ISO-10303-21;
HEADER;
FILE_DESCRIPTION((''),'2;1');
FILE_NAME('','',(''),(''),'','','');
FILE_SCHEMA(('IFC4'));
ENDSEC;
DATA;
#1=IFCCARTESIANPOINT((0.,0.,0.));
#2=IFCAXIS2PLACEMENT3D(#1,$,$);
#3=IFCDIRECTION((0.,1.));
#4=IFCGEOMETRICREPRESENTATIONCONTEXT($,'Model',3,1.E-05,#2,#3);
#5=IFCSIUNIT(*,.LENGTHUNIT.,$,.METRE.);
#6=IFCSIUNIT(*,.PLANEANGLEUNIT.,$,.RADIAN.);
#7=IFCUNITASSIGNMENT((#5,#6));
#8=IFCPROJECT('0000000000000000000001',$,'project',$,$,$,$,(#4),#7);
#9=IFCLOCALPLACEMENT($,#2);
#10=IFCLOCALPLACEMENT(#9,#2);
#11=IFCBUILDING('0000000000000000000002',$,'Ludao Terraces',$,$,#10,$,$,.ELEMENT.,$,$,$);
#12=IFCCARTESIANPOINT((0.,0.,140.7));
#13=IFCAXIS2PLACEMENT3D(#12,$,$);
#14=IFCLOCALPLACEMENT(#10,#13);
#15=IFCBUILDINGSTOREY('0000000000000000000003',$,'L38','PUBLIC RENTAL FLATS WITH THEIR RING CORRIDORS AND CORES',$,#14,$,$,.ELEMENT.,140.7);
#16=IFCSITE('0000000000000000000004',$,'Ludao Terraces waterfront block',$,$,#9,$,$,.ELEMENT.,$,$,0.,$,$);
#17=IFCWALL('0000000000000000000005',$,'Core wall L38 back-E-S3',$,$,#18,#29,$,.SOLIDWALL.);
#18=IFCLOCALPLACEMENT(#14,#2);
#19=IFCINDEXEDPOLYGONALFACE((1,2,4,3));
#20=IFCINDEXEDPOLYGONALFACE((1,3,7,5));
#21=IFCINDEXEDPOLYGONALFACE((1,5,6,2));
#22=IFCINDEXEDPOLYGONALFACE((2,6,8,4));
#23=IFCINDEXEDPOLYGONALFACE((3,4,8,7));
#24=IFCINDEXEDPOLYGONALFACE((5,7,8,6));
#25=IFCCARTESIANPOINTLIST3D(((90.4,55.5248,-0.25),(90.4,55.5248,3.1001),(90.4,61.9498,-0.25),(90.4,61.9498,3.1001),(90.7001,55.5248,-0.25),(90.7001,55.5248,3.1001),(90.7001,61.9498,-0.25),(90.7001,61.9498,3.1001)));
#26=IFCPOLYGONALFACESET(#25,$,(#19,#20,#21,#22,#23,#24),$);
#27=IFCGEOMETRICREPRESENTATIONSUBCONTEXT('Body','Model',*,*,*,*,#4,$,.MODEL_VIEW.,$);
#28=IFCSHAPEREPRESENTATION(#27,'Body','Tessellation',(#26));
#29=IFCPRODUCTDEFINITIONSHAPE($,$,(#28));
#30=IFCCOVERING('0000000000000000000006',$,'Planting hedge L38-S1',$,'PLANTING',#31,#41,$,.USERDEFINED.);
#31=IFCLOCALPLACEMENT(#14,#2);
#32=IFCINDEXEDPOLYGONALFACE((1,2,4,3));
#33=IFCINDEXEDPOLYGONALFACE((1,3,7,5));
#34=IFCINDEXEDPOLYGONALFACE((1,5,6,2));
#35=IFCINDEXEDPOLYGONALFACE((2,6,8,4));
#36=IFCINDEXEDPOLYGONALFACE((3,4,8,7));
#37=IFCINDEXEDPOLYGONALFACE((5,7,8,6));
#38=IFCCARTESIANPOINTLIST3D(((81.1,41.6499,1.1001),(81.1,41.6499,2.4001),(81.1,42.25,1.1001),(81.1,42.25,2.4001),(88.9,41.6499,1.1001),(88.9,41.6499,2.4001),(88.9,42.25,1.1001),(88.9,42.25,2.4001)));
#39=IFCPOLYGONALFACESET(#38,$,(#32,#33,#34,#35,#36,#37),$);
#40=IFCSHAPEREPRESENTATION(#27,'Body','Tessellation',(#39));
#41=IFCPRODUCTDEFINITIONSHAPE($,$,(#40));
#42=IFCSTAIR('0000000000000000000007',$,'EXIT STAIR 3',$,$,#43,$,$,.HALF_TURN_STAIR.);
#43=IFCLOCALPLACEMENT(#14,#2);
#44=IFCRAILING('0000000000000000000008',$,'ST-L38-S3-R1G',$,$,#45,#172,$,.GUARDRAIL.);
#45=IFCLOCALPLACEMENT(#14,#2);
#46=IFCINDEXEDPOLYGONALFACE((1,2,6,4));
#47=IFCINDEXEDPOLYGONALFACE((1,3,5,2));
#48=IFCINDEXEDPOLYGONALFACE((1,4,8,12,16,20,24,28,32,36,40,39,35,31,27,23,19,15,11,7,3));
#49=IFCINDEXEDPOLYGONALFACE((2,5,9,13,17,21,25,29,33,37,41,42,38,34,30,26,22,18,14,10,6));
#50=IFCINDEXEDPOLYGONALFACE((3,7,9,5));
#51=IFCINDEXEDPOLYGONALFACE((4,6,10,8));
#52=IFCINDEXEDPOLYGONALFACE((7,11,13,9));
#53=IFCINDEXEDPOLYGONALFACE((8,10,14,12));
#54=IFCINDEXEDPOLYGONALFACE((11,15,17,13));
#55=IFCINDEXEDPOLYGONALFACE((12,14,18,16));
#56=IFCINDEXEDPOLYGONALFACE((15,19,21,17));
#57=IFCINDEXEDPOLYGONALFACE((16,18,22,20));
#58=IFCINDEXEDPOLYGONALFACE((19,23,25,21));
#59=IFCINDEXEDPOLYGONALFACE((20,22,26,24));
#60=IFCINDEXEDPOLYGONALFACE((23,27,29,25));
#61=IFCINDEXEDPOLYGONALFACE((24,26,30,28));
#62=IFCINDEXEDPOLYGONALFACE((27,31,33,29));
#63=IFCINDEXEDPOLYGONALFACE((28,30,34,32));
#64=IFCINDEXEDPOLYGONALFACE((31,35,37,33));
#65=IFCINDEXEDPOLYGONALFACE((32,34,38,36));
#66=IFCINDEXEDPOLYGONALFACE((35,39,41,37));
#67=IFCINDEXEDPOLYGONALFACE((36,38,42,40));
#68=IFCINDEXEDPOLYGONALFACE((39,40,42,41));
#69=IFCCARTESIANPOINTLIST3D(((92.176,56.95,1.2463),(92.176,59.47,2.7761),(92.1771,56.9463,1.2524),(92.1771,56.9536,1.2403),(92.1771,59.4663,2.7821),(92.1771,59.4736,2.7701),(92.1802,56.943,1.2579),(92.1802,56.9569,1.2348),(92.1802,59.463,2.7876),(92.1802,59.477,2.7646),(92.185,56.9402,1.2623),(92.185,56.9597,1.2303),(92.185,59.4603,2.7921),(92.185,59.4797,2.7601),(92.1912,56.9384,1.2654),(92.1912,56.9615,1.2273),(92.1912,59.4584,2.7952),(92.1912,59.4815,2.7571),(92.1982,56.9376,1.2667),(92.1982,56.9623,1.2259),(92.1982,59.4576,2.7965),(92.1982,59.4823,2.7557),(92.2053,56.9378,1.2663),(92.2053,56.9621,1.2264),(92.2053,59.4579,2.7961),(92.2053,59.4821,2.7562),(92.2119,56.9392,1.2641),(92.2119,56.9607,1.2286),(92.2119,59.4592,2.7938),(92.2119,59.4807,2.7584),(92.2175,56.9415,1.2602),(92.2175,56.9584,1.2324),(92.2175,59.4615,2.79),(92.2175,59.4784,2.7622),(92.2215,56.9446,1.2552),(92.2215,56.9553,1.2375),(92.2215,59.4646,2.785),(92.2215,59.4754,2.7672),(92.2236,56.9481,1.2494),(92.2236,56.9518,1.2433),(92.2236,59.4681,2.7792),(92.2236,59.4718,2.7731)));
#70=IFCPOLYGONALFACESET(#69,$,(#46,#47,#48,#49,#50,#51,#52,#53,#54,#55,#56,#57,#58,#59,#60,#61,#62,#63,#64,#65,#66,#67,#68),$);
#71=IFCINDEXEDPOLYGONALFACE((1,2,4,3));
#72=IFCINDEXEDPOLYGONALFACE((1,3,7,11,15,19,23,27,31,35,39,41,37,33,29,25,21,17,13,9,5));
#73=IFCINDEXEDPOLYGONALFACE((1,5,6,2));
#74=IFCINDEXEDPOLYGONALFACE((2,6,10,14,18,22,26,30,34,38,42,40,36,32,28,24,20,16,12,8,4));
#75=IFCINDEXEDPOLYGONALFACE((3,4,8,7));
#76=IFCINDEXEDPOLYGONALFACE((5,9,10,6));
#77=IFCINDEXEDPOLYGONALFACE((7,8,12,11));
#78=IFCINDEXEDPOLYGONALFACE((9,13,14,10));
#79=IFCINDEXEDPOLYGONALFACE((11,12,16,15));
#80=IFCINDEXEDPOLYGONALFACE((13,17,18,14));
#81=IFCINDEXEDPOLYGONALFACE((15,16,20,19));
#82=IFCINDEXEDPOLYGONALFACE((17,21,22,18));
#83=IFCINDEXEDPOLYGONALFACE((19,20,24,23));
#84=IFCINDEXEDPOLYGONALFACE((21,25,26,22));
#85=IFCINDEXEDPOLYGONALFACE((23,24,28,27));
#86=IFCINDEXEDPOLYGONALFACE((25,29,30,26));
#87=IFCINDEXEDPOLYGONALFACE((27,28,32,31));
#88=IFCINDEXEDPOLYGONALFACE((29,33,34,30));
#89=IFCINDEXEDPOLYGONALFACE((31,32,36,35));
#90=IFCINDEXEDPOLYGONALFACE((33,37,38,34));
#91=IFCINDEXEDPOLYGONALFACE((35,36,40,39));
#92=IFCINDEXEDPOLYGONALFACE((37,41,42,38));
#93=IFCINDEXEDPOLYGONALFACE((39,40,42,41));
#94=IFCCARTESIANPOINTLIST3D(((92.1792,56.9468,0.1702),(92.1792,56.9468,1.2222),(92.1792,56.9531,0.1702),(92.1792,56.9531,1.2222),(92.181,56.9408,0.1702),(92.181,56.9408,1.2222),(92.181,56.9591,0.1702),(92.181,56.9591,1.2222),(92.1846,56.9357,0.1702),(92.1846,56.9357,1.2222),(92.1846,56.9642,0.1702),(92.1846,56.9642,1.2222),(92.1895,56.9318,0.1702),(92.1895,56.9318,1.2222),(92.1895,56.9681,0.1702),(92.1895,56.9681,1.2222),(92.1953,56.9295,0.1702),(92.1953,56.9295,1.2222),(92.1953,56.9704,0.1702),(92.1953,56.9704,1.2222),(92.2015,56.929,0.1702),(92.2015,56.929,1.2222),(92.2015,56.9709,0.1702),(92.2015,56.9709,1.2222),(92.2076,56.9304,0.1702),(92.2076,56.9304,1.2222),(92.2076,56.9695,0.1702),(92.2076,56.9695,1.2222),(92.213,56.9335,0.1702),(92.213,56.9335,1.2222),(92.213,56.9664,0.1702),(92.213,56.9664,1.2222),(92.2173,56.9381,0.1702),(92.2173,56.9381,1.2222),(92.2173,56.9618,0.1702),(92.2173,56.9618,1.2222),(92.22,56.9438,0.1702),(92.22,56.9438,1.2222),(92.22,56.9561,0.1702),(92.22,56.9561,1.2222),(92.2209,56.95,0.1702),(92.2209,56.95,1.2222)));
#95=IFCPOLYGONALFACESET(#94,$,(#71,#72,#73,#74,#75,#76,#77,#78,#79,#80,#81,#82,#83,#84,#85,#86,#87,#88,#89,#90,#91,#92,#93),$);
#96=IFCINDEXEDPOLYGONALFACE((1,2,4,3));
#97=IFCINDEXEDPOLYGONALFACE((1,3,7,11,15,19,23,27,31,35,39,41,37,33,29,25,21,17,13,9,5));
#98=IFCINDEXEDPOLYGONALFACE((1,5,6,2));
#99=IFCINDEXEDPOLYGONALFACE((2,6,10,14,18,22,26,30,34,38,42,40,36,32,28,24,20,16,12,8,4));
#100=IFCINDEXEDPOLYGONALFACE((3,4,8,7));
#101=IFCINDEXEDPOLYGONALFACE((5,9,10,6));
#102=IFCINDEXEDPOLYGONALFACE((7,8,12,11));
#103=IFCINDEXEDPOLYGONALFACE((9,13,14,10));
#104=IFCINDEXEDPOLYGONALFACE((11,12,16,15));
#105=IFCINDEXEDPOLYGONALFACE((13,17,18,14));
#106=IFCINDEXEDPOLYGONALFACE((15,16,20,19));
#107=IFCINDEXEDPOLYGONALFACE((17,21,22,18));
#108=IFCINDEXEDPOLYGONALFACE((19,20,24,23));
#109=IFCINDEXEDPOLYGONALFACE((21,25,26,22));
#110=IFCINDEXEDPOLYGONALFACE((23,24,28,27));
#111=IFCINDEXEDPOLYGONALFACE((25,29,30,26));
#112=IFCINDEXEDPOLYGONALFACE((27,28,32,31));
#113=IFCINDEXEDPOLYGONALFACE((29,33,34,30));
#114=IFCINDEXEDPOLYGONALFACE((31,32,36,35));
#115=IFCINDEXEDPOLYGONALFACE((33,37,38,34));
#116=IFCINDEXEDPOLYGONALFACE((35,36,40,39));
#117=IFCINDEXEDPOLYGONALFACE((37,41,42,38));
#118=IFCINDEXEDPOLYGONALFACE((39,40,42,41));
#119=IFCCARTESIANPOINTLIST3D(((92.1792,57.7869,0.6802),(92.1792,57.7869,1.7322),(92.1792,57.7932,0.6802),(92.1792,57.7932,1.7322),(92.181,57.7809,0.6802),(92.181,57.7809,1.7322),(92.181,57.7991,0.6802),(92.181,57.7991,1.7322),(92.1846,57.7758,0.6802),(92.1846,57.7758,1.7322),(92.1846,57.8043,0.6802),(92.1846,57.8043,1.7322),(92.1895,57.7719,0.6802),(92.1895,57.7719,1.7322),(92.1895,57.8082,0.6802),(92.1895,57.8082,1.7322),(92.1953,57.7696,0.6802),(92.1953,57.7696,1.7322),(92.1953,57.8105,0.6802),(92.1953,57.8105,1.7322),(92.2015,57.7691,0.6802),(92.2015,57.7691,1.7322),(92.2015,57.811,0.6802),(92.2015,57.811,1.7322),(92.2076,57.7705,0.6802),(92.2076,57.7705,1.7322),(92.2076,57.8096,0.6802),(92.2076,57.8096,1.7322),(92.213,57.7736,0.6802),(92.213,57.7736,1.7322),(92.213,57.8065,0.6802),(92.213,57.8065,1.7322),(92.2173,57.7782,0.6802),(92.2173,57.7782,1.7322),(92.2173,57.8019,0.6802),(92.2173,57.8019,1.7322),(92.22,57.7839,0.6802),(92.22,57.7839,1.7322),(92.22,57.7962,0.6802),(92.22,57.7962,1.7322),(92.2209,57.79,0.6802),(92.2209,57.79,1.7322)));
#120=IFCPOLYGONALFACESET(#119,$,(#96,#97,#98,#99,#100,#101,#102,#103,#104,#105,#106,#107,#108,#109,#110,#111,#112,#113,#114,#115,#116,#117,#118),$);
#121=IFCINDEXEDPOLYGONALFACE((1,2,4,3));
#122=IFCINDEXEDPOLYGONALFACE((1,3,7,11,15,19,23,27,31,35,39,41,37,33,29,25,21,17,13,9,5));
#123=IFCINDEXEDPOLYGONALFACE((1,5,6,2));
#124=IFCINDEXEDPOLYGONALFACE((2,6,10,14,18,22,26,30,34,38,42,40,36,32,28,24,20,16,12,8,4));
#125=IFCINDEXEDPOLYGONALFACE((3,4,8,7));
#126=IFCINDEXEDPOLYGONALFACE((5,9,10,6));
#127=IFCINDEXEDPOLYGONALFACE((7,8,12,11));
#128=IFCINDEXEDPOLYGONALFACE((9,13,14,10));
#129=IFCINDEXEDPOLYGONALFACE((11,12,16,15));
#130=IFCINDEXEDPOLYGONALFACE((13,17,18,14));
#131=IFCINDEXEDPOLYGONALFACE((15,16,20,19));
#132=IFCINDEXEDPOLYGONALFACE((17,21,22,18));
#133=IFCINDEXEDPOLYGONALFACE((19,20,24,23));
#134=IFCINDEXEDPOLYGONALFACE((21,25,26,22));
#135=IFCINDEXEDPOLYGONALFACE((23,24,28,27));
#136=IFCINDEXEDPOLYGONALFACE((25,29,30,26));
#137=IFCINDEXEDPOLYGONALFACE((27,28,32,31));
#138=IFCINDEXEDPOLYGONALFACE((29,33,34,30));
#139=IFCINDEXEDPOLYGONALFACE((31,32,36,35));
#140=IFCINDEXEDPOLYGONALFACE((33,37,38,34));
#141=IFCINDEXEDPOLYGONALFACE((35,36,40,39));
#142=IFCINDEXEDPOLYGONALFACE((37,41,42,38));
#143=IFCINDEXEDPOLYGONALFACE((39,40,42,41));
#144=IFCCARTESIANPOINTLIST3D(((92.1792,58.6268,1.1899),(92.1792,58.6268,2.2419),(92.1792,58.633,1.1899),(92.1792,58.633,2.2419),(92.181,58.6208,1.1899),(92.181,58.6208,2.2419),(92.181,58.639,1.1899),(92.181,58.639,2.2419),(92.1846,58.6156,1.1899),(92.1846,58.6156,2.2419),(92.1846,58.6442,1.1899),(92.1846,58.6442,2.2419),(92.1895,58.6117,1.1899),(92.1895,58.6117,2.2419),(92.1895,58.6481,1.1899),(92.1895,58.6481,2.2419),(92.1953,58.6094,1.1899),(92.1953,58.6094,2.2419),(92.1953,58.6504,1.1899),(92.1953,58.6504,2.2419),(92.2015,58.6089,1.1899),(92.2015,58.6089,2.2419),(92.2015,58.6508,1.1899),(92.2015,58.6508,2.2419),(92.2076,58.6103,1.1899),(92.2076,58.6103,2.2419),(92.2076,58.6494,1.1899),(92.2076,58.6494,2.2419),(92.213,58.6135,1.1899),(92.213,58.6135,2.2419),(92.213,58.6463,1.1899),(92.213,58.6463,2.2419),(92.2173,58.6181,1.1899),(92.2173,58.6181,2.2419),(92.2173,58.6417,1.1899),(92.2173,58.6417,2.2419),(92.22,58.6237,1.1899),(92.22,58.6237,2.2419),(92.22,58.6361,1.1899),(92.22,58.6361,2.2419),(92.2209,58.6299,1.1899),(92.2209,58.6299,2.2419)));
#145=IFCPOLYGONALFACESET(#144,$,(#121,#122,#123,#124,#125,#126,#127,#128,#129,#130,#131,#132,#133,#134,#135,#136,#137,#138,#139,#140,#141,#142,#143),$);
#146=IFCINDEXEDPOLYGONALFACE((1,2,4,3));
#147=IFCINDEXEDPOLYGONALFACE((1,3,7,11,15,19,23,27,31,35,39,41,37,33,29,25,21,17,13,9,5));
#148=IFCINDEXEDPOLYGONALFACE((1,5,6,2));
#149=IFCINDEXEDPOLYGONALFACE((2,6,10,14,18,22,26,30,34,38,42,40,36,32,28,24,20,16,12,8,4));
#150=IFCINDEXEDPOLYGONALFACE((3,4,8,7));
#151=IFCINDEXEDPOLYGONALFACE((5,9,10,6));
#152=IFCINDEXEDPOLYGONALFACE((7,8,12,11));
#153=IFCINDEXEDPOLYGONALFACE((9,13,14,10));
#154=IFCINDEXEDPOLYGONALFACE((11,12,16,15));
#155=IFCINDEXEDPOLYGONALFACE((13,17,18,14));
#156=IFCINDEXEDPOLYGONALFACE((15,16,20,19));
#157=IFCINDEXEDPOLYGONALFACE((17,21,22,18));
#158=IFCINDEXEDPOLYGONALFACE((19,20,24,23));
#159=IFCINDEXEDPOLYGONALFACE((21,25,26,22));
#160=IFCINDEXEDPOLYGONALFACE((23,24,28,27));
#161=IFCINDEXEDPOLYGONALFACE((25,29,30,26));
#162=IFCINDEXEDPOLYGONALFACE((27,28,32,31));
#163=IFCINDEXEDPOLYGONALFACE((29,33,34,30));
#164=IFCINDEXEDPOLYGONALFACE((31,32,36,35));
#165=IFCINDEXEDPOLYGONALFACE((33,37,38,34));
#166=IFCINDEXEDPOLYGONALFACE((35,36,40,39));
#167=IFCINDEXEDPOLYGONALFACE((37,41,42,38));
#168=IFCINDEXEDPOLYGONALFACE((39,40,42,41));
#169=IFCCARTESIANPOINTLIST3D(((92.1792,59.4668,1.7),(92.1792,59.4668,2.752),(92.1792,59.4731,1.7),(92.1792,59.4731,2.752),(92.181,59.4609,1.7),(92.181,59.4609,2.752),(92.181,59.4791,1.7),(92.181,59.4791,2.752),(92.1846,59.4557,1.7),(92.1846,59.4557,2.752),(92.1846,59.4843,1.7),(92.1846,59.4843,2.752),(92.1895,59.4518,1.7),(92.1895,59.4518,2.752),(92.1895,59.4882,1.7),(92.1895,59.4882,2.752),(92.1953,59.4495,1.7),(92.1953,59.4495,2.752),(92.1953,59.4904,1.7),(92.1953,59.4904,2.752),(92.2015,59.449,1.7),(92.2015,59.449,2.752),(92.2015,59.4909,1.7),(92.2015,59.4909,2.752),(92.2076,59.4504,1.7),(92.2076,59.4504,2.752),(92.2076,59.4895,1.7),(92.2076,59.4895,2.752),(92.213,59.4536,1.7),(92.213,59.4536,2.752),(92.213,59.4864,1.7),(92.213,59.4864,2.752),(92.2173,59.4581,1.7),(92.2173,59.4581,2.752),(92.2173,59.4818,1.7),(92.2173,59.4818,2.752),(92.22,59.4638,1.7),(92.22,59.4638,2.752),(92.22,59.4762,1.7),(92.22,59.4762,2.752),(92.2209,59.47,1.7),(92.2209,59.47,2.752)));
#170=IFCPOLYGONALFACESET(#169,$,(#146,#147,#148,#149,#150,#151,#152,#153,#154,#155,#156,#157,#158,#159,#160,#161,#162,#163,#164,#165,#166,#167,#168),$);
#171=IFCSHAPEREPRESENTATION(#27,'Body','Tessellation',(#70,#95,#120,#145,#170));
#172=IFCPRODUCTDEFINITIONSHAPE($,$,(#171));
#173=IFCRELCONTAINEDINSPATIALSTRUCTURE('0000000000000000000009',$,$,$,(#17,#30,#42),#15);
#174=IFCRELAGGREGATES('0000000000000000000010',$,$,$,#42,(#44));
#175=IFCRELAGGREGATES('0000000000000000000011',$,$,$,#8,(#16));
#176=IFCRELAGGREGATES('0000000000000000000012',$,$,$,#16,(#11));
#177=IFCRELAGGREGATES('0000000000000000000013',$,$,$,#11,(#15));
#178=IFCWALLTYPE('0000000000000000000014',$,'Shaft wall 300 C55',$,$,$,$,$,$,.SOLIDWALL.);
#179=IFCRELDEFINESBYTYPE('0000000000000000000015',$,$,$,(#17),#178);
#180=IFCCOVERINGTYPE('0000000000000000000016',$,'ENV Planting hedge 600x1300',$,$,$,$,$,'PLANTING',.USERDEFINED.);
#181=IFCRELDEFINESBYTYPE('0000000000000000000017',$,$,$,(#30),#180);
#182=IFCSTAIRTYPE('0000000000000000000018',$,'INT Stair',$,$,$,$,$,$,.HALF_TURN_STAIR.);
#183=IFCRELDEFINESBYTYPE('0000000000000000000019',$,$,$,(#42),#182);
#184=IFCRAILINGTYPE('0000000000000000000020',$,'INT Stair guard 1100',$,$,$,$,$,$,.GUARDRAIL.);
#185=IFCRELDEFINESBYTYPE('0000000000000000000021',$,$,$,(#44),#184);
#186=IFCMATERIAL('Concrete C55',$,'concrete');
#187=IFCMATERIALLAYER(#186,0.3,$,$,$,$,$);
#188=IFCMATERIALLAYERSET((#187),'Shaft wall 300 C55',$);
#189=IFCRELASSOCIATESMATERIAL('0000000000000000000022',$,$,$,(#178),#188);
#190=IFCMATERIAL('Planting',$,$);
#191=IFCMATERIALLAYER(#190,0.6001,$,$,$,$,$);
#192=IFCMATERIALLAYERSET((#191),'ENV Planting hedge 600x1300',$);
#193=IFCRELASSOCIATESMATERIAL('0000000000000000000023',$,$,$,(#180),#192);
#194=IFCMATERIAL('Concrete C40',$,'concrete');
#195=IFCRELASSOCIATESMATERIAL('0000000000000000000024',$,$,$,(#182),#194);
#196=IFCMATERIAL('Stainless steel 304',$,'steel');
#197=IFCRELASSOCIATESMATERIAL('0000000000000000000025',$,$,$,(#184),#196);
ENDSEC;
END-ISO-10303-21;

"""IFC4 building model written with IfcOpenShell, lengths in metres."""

from ifc_helpers import new_model, si_unit, direction, frame, frame_2d, origin, origin_2d, place, context, subcontext, project, spatial, rectangle, circle, extrude, material, layer, layer_set, type_object, element, aggregate, save


model = new_model("IFC4")

# Units and contexts
model_context = context("Model", 3, precision=1e-05, world=origin(), true_north=direction((0.0, 1.0)))
body_context = subcontext(model_context, "Body", "Model", "MODEL_VIEW")
ifc_project = project(units=[si_unit("LENGTHUNIT", "METRE"), si_unit("PLANEANGLEUNIT", "RADIAN")], contexts=[model_context])

# Site, building, storey
site_placement = place(None, origin())
site = spatial("IfcSite", under=ifc_project, at=site_placement, Name="Ludao Terraces waterfront block", CompositionType="ELEMENT", RefElevation=0.0)
building_placement = place(site_placement, origin())
building = spatial("IfcBuilding", under=site, at=building_placement, Name="Ludao Terraces", CompositionType="ELEMENT")
storey_placement = place(building_placement, frame((0.0, 0.0, 140.7)))
storey = spatial("IfcBuildingStorey", under=building, at=storey_placement, Name="L38", Description="PUBLIC RENTAL FLATS WITH THEIR RING CORRIDORS AND CORES", CompositionType="ELEMENT", Elevation=140.7)

# Shared definitions
ifc_material_1 = material(Name="Concrete C40", Category="concrete")

# Wall
ifc_material_2 = material(Name="Concrete C55", Category="concrete")
ifc_layer_1 = layer(ifc_material_2, 0.3)
ifc_layer_set_1 = layer_set([ifc_layer_1], Name="Shaft wall 300 C55")
wall_type_1 = type_object("IfcWallType", Name="Shaft wall 300 C55", PredefinedType="SOLIDWALL", material=ifc_layer_set_1)
wall_1_placement = place(storey_placement, frame((90.55, 55.5249, -0.25), z_axis=(0.0, 0.0, 1.0), x_axis=(0.0, 1.0, 0.0)))
element("IfcWall", 1, at=wall_1_placement, inside=storey, type_object=wall_type_1, Name="Core wall L38 back-E-S3", PredefinedType="SOLIDWALL", context=body_context, shape_type="SweptSolid", body=[
    extrude(rectangle(XDim=6.425, YDim=0.3, at=frame_2d((3.2124, 0.0))), origin(), (0.0, 0.0, 1.0), 3.3501),
])

# Covering
ifc_material_3 = material(Name="Planting")
ifc_layer_2 = layer(ifc_material_3, 0.6001)
ifc_layer_set_2 = layer_set([ifc_layer_2], Name="ENV Planting hedge 600x1300")
covering_type = type_object("IfcCoveringType", Name="ENV Planting hedge 600x1300", ElementType="PLANTING", PredefinedType="USERDEFINED", material=ifc_layer_set_2)
covering_placement = place(storey_placement, frame((85.0, 41.95, 1.1001), z_axis=(0.0, 0.0, 1.0), x_axis=(1.0, 0.0, 0.0)))
element("IfcCovering", 2, at=covering_placement, inside=storey, type_object=covering_type, Name="Planting hedge L38-S1", ObjectType="PLANTING", PredefinedType="USERDEFINED", context=body_context, shape_type="SweptSolid", body=[
    extrude(rectangle(XDim=7.8, YDim=0.6001, at=origin_2d()), origin(), (0.0, 0.0, 1.0), 1.3),
])

# Stair, railing
stair_type = type_object("IfcStairType", Name="INT Stair", PredefinedType="HALF_TURN_STAIR", material=ifc_material_1)
stair_placement = place(storey_placement, origin())
stair = element("IfcStair", 3, at=stair_placement, inside=storey, type_object=stair_type, Name="EXIT STAIR 3", PredefinedType="HALF_TURN_STAIR")
ifc_material_4 = material(Name="Stainless steel 304", Category="steel")
railing_type_1 = type_object("IfcRailingType", Name="INT Stair guard 1100", PredefinedType="GUARDRAIL", material=ifc_material_4)
railing_1_placement = place(storey_placement, frame((92.2, 56.95, 0.1702)))
railing_1 = element("IfcRailing", 4, at=railing_1_placement, type_object=railing_type_1, Name="ST-L38-S3-R1G", PredefinedType="GUARDRAIL", context=body_context, shape_type="SweptSolid", body=[
    extrude(circle(Radius=0.0239, at=origin_2d()), frame((0.0, 0.0, 1.0762), z_axis=(0.0, 0.854822, 0.518922), x_axis=(-1.0, 0.0, 0.0)), (0.0, 0.0, 1.0), 2.948),
    extrude(circle(Radius=0.021, at=origin_2d()), origin(), (0.0, 0.0, 1.0), 1.052),
    extrude(circle(Radius=0.021, at=origin_2d()), frame((0.0, 0.8401, 0.51)), (0.0, 0.0, 1.0), 1.052),
    extrude(circle(Radius=0.021, at=origin_2d()), frame((0.0, 1.6799, 1.0198)), (0.0, 0.0, 1.0), 1.052),
    extrude(circle(Radius=0.021, at=origin_2d()), frame((0.0, 2.52, 1.5298)), (0.0, 0.0, 1.0), 1.052),
])
aggregate(stair, [railing_1])

save(model, "model.ifc")
